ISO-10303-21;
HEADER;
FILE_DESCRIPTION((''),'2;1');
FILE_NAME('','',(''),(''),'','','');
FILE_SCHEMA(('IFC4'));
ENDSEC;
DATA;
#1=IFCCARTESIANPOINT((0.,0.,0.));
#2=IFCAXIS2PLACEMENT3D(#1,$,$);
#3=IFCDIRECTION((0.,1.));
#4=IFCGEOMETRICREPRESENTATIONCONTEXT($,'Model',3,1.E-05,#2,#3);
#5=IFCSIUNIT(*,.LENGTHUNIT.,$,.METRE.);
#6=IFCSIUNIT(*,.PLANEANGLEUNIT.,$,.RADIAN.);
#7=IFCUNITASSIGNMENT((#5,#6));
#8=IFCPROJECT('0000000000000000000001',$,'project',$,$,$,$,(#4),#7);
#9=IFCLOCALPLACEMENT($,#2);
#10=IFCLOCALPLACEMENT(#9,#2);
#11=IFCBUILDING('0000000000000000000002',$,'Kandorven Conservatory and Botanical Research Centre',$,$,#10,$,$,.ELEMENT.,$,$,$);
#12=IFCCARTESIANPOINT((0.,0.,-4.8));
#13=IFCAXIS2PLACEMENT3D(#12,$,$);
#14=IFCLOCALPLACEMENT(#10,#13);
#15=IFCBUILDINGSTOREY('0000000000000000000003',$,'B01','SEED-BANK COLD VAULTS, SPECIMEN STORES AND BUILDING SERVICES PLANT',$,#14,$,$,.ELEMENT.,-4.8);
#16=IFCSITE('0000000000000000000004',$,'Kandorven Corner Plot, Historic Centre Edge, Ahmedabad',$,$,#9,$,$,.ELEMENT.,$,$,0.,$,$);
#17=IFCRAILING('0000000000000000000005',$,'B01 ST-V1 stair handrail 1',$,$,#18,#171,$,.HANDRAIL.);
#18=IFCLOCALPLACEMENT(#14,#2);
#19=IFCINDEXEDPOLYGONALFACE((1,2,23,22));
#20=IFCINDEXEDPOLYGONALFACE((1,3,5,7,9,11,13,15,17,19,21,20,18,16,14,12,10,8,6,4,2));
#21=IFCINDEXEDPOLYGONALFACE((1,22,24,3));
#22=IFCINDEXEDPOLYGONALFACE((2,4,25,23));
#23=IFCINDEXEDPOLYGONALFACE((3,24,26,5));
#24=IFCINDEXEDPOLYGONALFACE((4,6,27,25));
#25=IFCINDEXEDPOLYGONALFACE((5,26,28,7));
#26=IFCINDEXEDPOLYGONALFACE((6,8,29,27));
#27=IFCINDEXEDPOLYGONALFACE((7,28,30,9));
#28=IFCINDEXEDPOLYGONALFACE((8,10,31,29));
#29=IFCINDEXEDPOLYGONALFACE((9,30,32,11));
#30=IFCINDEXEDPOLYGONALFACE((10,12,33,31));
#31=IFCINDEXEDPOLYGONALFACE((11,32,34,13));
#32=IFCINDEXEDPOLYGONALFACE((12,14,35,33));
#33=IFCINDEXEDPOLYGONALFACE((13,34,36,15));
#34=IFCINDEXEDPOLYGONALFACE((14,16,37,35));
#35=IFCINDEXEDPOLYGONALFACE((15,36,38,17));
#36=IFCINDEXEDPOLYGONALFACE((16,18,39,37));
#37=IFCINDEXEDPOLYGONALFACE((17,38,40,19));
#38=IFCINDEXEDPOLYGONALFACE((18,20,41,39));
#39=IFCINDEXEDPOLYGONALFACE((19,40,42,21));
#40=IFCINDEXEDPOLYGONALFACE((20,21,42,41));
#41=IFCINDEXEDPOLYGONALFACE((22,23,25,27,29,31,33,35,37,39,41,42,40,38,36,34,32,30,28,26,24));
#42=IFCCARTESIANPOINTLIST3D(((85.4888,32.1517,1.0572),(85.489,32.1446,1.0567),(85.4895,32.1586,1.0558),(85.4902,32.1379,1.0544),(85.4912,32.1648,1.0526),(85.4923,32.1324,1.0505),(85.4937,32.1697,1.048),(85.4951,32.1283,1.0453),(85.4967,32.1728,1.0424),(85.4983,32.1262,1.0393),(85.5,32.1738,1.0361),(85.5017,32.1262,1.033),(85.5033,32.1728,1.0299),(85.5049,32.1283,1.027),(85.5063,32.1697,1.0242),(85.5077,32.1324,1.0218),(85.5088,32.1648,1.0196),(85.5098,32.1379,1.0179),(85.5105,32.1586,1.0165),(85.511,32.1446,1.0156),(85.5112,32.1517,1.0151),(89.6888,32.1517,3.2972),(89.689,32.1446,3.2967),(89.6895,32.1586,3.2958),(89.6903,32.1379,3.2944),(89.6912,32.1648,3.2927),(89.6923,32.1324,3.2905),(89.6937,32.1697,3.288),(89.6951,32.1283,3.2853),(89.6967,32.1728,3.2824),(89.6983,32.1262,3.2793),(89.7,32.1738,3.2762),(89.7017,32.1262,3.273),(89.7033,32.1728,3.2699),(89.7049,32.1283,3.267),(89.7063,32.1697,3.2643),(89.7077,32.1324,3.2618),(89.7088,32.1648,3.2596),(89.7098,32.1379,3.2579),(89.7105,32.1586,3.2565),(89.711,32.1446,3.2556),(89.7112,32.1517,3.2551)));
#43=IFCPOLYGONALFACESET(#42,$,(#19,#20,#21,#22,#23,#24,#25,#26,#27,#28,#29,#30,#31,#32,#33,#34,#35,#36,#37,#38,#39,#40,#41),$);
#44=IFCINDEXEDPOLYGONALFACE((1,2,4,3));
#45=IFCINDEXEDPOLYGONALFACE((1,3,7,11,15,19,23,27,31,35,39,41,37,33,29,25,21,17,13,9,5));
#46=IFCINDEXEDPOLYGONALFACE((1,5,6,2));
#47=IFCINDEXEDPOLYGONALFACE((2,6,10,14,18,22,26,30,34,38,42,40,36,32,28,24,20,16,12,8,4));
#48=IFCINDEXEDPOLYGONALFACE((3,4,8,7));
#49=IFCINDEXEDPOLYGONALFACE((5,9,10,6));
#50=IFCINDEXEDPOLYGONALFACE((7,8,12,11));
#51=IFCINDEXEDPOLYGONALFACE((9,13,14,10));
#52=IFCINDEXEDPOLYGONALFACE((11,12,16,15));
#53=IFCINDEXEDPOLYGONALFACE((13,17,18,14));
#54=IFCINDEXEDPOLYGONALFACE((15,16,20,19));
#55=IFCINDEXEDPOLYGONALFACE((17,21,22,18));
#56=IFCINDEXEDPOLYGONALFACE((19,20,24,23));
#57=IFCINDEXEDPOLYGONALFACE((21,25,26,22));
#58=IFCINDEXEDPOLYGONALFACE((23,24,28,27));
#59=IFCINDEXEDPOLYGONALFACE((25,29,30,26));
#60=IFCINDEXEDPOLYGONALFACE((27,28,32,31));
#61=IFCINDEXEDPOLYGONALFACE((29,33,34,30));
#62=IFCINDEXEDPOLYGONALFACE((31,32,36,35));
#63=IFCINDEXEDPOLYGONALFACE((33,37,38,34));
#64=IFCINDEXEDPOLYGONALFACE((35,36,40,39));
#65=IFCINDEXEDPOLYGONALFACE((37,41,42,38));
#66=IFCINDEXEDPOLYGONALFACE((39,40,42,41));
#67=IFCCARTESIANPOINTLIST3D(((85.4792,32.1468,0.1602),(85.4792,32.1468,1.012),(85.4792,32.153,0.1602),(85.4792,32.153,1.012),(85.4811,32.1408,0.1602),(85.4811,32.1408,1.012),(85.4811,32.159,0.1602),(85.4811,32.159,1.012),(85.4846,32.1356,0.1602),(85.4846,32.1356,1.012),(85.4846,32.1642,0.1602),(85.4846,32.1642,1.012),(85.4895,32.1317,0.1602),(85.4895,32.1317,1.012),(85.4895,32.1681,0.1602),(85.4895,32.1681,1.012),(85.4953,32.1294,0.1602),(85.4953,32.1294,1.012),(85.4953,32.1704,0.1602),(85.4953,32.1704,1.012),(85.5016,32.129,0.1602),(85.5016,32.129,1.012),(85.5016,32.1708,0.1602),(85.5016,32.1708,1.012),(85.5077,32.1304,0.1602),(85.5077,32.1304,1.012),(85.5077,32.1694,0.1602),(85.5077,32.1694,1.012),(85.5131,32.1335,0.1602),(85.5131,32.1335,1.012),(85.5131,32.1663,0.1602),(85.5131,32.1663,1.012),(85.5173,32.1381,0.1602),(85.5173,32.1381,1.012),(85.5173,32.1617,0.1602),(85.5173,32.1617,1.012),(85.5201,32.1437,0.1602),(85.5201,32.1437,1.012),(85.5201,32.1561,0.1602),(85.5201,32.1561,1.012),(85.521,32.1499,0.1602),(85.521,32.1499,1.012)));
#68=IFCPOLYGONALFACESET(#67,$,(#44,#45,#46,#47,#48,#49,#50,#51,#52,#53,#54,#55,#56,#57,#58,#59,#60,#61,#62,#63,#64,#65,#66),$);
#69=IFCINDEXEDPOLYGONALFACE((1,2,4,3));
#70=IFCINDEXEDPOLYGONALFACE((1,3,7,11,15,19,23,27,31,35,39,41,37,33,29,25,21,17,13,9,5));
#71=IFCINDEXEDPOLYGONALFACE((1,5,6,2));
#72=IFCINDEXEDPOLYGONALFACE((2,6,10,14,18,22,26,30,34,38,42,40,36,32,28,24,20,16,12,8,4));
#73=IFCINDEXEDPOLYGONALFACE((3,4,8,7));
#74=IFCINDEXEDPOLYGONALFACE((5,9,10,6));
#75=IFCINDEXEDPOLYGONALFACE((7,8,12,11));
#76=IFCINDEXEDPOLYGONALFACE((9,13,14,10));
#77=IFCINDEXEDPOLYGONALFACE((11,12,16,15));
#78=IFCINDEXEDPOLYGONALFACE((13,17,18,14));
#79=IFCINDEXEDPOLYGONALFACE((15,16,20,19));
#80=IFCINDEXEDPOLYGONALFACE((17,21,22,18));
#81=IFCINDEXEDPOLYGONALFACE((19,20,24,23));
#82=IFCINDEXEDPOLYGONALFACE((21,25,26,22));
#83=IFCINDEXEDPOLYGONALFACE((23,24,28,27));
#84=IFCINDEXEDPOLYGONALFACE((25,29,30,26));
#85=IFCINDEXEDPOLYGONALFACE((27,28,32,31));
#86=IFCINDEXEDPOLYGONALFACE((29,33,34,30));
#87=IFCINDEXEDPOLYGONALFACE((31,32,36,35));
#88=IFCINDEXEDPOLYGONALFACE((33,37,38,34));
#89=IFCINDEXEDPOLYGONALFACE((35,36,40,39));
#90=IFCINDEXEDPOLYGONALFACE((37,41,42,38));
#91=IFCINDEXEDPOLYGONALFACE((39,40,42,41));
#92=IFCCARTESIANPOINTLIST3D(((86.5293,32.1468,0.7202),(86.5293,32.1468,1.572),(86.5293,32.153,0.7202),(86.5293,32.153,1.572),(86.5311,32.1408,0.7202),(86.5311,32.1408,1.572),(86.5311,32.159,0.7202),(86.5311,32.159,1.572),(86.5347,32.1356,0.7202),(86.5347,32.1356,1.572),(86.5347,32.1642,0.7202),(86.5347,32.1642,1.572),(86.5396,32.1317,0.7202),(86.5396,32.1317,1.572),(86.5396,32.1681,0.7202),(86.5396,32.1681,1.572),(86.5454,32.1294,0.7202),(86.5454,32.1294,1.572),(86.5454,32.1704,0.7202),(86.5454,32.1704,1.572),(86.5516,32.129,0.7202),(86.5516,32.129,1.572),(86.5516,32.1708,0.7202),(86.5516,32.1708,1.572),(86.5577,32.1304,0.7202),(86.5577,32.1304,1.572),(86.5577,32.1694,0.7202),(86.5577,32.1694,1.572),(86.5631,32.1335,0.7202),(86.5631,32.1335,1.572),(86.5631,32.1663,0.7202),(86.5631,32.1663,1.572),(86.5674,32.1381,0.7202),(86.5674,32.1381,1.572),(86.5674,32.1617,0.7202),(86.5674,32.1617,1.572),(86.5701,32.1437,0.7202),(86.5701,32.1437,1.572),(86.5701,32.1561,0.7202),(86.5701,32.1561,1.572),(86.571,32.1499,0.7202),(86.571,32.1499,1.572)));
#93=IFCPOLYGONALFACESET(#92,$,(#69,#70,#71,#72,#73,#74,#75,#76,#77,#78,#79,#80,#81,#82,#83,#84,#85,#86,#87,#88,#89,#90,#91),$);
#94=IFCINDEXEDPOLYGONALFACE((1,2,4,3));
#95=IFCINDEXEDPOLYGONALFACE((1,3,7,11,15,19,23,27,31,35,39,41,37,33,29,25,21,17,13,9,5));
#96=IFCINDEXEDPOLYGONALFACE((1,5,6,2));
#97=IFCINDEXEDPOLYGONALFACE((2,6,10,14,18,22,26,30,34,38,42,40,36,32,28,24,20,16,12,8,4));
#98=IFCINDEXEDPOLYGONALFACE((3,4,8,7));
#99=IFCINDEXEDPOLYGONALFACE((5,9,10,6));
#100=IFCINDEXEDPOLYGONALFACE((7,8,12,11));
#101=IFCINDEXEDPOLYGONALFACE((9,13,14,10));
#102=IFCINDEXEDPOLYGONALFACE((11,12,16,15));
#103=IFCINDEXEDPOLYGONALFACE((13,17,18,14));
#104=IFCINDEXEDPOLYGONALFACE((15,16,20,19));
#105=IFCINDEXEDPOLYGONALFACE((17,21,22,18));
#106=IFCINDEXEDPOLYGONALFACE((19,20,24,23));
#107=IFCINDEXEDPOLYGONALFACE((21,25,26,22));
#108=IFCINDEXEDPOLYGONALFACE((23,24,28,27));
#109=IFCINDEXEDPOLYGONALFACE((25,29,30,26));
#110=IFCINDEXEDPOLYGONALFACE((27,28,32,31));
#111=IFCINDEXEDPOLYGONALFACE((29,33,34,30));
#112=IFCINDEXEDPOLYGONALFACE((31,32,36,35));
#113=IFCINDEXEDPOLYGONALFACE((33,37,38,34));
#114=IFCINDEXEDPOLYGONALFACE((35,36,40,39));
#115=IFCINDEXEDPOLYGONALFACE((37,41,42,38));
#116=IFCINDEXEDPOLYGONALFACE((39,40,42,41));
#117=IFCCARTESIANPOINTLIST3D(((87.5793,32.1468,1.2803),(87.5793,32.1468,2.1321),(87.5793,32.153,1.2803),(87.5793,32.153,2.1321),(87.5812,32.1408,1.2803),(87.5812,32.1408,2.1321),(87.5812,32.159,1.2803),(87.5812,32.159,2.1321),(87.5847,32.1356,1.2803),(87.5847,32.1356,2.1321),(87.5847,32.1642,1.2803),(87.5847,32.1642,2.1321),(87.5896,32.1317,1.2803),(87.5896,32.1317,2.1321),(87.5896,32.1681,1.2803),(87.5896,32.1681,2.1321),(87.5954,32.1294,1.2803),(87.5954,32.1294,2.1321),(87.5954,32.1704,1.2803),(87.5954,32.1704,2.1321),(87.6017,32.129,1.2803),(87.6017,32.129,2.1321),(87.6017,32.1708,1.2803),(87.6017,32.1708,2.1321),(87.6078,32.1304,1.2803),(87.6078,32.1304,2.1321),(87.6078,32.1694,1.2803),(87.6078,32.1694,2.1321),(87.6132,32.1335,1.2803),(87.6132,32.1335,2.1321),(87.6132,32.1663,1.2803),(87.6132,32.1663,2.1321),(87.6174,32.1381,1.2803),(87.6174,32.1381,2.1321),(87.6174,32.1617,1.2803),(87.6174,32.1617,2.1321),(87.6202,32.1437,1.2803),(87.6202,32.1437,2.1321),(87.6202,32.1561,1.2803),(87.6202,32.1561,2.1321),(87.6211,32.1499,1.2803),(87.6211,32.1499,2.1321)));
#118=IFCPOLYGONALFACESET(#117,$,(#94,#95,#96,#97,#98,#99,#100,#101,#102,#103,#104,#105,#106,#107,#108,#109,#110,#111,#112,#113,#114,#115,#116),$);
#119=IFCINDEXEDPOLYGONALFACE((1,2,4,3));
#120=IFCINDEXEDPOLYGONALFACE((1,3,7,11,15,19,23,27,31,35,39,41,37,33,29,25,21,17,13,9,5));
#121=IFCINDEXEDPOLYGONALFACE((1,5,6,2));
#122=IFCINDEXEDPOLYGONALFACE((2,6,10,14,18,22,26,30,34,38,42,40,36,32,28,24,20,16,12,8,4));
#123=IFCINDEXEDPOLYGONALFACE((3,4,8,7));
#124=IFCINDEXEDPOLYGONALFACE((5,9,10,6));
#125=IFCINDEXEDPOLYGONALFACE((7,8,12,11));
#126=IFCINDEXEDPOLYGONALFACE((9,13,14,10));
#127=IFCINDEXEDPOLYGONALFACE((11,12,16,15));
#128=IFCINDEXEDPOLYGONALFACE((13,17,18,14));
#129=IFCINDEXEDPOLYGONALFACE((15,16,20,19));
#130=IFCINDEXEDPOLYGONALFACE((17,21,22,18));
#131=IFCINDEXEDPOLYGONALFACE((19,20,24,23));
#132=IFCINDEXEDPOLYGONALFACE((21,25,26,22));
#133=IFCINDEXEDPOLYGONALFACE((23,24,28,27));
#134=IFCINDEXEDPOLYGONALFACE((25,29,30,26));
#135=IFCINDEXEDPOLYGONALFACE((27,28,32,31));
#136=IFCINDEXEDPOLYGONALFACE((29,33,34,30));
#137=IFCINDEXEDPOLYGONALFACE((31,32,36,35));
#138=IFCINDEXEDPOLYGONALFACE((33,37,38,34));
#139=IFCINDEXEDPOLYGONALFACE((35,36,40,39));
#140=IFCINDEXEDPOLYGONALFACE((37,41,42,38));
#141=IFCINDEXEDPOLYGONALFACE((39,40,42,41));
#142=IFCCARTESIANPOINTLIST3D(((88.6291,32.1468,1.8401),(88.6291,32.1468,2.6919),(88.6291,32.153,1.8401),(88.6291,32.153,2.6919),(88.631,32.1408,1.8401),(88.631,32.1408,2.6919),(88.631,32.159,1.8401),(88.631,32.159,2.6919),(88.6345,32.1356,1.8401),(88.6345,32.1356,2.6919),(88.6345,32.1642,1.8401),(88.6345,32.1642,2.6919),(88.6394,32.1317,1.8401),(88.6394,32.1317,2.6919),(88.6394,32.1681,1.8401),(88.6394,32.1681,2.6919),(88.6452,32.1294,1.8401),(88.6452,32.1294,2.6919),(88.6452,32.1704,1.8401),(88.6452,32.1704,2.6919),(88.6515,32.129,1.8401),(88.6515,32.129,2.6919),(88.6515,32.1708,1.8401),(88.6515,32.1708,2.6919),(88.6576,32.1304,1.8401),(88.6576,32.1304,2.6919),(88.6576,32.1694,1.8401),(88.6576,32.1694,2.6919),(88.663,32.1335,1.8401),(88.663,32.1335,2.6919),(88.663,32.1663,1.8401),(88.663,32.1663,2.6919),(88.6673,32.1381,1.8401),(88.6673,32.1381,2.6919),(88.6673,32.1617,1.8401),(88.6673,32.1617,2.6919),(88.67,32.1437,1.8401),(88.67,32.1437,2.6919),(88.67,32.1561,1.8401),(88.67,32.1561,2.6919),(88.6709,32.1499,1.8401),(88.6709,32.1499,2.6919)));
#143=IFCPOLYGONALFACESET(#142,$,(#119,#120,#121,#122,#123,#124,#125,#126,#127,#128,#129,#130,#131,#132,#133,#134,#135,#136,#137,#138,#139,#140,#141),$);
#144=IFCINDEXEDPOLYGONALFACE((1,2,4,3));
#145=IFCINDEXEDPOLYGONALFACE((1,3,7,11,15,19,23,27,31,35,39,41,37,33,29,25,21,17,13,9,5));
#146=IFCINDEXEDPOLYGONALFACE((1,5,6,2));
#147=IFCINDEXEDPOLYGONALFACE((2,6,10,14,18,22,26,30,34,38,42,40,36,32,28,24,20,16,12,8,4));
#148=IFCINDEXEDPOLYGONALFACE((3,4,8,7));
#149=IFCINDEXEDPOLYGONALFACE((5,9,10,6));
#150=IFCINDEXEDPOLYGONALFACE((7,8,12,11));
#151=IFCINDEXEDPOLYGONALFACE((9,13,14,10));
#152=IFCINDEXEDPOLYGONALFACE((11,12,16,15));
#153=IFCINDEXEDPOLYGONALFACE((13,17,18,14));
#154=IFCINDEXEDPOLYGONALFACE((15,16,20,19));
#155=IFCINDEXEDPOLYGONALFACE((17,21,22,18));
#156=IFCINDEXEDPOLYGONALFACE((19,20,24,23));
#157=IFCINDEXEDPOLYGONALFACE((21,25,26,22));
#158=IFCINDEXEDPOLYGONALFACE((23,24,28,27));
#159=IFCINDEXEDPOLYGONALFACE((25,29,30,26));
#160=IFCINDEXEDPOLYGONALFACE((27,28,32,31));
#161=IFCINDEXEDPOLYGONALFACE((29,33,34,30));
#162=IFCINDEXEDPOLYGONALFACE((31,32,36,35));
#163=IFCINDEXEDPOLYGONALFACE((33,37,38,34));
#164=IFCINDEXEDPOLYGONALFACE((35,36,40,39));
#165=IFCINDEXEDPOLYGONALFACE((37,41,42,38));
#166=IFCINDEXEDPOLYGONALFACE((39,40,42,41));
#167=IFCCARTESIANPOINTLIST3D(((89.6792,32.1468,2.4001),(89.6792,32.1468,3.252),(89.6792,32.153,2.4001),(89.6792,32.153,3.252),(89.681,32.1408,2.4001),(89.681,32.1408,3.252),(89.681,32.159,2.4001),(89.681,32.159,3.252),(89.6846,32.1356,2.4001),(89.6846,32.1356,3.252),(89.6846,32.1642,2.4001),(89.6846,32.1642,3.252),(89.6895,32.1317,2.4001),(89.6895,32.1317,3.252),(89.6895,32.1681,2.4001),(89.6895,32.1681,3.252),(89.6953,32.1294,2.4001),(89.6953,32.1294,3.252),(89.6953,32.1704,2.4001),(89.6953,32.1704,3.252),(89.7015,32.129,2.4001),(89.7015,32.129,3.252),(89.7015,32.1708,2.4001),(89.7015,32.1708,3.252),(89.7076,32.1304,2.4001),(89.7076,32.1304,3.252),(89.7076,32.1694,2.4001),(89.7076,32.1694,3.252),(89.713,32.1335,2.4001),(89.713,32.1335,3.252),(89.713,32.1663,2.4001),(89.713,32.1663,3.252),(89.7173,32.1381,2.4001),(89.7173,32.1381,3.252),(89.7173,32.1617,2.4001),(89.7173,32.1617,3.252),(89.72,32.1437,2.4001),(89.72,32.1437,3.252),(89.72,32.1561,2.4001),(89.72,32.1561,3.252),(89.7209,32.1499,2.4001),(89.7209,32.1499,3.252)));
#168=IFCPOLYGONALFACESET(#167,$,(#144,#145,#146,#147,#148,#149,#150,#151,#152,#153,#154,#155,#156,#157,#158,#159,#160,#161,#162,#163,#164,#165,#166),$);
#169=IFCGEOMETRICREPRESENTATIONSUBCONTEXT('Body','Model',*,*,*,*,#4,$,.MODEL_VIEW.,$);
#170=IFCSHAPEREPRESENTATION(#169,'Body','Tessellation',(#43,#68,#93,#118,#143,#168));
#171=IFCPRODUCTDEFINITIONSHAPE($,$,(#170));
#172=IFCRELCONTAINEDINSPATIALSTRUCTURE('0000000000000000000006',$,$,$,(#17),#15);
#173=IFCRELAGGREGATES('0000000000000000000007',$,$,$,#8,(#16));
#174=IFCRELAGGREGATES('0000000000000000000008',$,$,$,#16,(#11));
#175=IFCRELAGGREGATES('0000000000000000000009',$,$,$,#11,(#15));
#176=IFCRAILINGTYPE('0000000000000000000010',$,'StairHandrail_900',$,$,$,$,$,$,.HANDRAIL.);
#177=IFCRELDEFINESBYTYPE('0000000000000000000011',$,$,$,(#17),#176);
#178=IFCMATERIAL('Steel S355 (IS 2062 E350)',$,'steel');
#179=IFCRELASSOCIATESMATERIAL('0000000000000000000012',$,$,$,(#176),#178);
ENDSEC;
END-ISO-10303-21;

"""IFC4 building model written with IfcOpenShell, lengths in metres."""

from ifc_helpers import new_model, si_unit, direction, frame, origin, origin_2d, place, context, subcontext, project, spatial, circle, extrude, material, type_object, element, save


model = new_model("IFC4")

# Units and contexts
model_context = context("Model", 3, precision=1e-05, world=origin(), true_north=direction((0.0, 1.0)))
body_context = subcontext(model_context, "Body", "Model", "MODEL_VIEW")
ifc_project = project(units=[si_unit("LENGTHUNIT", "METRE"), si_unit("PLANEANGLEUNIT", "RADIAN")], contexts=[model_context])

# Site, building, storey
site_placement = place(None, origin())
site = spatial("IfcSite", under=ifc_project, at=site_placement, Name="Kandorven Corner Plot, Historic Centre Edge, Ahmedabad", CompositionType="ELEMENT", RefElevation=0.0)
building_placement = place(site_placement, origin())
building = spatial("IfcBuilding", under=site, at=building_placement, Name="Kandorven Conservatory and Botanical Research Centre", CompositionType="ELEMENT")
storey_placement = place(building_placement, frame((0.0, 0.0, -4.8)))
storey = spatial("IfcBuildingStorey", under=building, at=storey_placement, Name="B01", Description="SEED-BANK COLD VAULTS, SPECIMEN STORES AND BUILDING SERVICES PLANT", CompositionType="ELEMENT", Elevation=-4.8)

# Railing
ifc_material_1 = material(Name="Steel S355 (IS 2062 E350)", Category="steel")
railing_type_1 = type_object("IfcRailingType", Name="StairHandrail_900", PredefinedType="HANDRAIL", material=ifc_material_1)
railing_1_placement = place(storey_placement, frame((85.5, 32.1499, 0.1602)))
element("IfcRailing", 1, at=railing_1_placement, inside=storey, type_object=railing_type_1, Name="B01 ST-V1 stair handrail 1", PredefinedType="HANDRAIL", context=body_context, shape_type="SweptSolid", body=[
    extrude(circle(Radius=0.0239, at=origin_2d()), frame((0.0, 0.0, 0.876), z_axis=(0.882352, 0.0, 0.470591), x_axis=(0.0, 1.0, 0.0)), (0.0, 0.0, 1.0), 4.76),
    extrude(circle(Radius=0.021, at=origin_2d()), origin(), (0.0, 0.0, 1.0), 0.8518),
    extrude(circle(Radius=0.021, at=origin_2d()), frame((1.05, 0.0, 0.5601)), (0.0, 0.0, 1.0), 0.8518),
    extrude(circle(Radius=0.021, at=origin_2d()), frame((2.1001, 0.0, 1.1201)), (0.0, 0.0, 1.0), 0.8518),
    extrude(circle(Radius=0.021, at=origin_2d()), frame((3.1499, 0.0, 1.6799)), (0.0, 0.0, 1.0), 0.8518),
    extrude(circle(Radius=0.021, at=origin_2d()), frame((4.2, 0.0, 2.24)), (0.0, 0.0, 1.0), 0.8518),
])

save(model, "model.ifc")
